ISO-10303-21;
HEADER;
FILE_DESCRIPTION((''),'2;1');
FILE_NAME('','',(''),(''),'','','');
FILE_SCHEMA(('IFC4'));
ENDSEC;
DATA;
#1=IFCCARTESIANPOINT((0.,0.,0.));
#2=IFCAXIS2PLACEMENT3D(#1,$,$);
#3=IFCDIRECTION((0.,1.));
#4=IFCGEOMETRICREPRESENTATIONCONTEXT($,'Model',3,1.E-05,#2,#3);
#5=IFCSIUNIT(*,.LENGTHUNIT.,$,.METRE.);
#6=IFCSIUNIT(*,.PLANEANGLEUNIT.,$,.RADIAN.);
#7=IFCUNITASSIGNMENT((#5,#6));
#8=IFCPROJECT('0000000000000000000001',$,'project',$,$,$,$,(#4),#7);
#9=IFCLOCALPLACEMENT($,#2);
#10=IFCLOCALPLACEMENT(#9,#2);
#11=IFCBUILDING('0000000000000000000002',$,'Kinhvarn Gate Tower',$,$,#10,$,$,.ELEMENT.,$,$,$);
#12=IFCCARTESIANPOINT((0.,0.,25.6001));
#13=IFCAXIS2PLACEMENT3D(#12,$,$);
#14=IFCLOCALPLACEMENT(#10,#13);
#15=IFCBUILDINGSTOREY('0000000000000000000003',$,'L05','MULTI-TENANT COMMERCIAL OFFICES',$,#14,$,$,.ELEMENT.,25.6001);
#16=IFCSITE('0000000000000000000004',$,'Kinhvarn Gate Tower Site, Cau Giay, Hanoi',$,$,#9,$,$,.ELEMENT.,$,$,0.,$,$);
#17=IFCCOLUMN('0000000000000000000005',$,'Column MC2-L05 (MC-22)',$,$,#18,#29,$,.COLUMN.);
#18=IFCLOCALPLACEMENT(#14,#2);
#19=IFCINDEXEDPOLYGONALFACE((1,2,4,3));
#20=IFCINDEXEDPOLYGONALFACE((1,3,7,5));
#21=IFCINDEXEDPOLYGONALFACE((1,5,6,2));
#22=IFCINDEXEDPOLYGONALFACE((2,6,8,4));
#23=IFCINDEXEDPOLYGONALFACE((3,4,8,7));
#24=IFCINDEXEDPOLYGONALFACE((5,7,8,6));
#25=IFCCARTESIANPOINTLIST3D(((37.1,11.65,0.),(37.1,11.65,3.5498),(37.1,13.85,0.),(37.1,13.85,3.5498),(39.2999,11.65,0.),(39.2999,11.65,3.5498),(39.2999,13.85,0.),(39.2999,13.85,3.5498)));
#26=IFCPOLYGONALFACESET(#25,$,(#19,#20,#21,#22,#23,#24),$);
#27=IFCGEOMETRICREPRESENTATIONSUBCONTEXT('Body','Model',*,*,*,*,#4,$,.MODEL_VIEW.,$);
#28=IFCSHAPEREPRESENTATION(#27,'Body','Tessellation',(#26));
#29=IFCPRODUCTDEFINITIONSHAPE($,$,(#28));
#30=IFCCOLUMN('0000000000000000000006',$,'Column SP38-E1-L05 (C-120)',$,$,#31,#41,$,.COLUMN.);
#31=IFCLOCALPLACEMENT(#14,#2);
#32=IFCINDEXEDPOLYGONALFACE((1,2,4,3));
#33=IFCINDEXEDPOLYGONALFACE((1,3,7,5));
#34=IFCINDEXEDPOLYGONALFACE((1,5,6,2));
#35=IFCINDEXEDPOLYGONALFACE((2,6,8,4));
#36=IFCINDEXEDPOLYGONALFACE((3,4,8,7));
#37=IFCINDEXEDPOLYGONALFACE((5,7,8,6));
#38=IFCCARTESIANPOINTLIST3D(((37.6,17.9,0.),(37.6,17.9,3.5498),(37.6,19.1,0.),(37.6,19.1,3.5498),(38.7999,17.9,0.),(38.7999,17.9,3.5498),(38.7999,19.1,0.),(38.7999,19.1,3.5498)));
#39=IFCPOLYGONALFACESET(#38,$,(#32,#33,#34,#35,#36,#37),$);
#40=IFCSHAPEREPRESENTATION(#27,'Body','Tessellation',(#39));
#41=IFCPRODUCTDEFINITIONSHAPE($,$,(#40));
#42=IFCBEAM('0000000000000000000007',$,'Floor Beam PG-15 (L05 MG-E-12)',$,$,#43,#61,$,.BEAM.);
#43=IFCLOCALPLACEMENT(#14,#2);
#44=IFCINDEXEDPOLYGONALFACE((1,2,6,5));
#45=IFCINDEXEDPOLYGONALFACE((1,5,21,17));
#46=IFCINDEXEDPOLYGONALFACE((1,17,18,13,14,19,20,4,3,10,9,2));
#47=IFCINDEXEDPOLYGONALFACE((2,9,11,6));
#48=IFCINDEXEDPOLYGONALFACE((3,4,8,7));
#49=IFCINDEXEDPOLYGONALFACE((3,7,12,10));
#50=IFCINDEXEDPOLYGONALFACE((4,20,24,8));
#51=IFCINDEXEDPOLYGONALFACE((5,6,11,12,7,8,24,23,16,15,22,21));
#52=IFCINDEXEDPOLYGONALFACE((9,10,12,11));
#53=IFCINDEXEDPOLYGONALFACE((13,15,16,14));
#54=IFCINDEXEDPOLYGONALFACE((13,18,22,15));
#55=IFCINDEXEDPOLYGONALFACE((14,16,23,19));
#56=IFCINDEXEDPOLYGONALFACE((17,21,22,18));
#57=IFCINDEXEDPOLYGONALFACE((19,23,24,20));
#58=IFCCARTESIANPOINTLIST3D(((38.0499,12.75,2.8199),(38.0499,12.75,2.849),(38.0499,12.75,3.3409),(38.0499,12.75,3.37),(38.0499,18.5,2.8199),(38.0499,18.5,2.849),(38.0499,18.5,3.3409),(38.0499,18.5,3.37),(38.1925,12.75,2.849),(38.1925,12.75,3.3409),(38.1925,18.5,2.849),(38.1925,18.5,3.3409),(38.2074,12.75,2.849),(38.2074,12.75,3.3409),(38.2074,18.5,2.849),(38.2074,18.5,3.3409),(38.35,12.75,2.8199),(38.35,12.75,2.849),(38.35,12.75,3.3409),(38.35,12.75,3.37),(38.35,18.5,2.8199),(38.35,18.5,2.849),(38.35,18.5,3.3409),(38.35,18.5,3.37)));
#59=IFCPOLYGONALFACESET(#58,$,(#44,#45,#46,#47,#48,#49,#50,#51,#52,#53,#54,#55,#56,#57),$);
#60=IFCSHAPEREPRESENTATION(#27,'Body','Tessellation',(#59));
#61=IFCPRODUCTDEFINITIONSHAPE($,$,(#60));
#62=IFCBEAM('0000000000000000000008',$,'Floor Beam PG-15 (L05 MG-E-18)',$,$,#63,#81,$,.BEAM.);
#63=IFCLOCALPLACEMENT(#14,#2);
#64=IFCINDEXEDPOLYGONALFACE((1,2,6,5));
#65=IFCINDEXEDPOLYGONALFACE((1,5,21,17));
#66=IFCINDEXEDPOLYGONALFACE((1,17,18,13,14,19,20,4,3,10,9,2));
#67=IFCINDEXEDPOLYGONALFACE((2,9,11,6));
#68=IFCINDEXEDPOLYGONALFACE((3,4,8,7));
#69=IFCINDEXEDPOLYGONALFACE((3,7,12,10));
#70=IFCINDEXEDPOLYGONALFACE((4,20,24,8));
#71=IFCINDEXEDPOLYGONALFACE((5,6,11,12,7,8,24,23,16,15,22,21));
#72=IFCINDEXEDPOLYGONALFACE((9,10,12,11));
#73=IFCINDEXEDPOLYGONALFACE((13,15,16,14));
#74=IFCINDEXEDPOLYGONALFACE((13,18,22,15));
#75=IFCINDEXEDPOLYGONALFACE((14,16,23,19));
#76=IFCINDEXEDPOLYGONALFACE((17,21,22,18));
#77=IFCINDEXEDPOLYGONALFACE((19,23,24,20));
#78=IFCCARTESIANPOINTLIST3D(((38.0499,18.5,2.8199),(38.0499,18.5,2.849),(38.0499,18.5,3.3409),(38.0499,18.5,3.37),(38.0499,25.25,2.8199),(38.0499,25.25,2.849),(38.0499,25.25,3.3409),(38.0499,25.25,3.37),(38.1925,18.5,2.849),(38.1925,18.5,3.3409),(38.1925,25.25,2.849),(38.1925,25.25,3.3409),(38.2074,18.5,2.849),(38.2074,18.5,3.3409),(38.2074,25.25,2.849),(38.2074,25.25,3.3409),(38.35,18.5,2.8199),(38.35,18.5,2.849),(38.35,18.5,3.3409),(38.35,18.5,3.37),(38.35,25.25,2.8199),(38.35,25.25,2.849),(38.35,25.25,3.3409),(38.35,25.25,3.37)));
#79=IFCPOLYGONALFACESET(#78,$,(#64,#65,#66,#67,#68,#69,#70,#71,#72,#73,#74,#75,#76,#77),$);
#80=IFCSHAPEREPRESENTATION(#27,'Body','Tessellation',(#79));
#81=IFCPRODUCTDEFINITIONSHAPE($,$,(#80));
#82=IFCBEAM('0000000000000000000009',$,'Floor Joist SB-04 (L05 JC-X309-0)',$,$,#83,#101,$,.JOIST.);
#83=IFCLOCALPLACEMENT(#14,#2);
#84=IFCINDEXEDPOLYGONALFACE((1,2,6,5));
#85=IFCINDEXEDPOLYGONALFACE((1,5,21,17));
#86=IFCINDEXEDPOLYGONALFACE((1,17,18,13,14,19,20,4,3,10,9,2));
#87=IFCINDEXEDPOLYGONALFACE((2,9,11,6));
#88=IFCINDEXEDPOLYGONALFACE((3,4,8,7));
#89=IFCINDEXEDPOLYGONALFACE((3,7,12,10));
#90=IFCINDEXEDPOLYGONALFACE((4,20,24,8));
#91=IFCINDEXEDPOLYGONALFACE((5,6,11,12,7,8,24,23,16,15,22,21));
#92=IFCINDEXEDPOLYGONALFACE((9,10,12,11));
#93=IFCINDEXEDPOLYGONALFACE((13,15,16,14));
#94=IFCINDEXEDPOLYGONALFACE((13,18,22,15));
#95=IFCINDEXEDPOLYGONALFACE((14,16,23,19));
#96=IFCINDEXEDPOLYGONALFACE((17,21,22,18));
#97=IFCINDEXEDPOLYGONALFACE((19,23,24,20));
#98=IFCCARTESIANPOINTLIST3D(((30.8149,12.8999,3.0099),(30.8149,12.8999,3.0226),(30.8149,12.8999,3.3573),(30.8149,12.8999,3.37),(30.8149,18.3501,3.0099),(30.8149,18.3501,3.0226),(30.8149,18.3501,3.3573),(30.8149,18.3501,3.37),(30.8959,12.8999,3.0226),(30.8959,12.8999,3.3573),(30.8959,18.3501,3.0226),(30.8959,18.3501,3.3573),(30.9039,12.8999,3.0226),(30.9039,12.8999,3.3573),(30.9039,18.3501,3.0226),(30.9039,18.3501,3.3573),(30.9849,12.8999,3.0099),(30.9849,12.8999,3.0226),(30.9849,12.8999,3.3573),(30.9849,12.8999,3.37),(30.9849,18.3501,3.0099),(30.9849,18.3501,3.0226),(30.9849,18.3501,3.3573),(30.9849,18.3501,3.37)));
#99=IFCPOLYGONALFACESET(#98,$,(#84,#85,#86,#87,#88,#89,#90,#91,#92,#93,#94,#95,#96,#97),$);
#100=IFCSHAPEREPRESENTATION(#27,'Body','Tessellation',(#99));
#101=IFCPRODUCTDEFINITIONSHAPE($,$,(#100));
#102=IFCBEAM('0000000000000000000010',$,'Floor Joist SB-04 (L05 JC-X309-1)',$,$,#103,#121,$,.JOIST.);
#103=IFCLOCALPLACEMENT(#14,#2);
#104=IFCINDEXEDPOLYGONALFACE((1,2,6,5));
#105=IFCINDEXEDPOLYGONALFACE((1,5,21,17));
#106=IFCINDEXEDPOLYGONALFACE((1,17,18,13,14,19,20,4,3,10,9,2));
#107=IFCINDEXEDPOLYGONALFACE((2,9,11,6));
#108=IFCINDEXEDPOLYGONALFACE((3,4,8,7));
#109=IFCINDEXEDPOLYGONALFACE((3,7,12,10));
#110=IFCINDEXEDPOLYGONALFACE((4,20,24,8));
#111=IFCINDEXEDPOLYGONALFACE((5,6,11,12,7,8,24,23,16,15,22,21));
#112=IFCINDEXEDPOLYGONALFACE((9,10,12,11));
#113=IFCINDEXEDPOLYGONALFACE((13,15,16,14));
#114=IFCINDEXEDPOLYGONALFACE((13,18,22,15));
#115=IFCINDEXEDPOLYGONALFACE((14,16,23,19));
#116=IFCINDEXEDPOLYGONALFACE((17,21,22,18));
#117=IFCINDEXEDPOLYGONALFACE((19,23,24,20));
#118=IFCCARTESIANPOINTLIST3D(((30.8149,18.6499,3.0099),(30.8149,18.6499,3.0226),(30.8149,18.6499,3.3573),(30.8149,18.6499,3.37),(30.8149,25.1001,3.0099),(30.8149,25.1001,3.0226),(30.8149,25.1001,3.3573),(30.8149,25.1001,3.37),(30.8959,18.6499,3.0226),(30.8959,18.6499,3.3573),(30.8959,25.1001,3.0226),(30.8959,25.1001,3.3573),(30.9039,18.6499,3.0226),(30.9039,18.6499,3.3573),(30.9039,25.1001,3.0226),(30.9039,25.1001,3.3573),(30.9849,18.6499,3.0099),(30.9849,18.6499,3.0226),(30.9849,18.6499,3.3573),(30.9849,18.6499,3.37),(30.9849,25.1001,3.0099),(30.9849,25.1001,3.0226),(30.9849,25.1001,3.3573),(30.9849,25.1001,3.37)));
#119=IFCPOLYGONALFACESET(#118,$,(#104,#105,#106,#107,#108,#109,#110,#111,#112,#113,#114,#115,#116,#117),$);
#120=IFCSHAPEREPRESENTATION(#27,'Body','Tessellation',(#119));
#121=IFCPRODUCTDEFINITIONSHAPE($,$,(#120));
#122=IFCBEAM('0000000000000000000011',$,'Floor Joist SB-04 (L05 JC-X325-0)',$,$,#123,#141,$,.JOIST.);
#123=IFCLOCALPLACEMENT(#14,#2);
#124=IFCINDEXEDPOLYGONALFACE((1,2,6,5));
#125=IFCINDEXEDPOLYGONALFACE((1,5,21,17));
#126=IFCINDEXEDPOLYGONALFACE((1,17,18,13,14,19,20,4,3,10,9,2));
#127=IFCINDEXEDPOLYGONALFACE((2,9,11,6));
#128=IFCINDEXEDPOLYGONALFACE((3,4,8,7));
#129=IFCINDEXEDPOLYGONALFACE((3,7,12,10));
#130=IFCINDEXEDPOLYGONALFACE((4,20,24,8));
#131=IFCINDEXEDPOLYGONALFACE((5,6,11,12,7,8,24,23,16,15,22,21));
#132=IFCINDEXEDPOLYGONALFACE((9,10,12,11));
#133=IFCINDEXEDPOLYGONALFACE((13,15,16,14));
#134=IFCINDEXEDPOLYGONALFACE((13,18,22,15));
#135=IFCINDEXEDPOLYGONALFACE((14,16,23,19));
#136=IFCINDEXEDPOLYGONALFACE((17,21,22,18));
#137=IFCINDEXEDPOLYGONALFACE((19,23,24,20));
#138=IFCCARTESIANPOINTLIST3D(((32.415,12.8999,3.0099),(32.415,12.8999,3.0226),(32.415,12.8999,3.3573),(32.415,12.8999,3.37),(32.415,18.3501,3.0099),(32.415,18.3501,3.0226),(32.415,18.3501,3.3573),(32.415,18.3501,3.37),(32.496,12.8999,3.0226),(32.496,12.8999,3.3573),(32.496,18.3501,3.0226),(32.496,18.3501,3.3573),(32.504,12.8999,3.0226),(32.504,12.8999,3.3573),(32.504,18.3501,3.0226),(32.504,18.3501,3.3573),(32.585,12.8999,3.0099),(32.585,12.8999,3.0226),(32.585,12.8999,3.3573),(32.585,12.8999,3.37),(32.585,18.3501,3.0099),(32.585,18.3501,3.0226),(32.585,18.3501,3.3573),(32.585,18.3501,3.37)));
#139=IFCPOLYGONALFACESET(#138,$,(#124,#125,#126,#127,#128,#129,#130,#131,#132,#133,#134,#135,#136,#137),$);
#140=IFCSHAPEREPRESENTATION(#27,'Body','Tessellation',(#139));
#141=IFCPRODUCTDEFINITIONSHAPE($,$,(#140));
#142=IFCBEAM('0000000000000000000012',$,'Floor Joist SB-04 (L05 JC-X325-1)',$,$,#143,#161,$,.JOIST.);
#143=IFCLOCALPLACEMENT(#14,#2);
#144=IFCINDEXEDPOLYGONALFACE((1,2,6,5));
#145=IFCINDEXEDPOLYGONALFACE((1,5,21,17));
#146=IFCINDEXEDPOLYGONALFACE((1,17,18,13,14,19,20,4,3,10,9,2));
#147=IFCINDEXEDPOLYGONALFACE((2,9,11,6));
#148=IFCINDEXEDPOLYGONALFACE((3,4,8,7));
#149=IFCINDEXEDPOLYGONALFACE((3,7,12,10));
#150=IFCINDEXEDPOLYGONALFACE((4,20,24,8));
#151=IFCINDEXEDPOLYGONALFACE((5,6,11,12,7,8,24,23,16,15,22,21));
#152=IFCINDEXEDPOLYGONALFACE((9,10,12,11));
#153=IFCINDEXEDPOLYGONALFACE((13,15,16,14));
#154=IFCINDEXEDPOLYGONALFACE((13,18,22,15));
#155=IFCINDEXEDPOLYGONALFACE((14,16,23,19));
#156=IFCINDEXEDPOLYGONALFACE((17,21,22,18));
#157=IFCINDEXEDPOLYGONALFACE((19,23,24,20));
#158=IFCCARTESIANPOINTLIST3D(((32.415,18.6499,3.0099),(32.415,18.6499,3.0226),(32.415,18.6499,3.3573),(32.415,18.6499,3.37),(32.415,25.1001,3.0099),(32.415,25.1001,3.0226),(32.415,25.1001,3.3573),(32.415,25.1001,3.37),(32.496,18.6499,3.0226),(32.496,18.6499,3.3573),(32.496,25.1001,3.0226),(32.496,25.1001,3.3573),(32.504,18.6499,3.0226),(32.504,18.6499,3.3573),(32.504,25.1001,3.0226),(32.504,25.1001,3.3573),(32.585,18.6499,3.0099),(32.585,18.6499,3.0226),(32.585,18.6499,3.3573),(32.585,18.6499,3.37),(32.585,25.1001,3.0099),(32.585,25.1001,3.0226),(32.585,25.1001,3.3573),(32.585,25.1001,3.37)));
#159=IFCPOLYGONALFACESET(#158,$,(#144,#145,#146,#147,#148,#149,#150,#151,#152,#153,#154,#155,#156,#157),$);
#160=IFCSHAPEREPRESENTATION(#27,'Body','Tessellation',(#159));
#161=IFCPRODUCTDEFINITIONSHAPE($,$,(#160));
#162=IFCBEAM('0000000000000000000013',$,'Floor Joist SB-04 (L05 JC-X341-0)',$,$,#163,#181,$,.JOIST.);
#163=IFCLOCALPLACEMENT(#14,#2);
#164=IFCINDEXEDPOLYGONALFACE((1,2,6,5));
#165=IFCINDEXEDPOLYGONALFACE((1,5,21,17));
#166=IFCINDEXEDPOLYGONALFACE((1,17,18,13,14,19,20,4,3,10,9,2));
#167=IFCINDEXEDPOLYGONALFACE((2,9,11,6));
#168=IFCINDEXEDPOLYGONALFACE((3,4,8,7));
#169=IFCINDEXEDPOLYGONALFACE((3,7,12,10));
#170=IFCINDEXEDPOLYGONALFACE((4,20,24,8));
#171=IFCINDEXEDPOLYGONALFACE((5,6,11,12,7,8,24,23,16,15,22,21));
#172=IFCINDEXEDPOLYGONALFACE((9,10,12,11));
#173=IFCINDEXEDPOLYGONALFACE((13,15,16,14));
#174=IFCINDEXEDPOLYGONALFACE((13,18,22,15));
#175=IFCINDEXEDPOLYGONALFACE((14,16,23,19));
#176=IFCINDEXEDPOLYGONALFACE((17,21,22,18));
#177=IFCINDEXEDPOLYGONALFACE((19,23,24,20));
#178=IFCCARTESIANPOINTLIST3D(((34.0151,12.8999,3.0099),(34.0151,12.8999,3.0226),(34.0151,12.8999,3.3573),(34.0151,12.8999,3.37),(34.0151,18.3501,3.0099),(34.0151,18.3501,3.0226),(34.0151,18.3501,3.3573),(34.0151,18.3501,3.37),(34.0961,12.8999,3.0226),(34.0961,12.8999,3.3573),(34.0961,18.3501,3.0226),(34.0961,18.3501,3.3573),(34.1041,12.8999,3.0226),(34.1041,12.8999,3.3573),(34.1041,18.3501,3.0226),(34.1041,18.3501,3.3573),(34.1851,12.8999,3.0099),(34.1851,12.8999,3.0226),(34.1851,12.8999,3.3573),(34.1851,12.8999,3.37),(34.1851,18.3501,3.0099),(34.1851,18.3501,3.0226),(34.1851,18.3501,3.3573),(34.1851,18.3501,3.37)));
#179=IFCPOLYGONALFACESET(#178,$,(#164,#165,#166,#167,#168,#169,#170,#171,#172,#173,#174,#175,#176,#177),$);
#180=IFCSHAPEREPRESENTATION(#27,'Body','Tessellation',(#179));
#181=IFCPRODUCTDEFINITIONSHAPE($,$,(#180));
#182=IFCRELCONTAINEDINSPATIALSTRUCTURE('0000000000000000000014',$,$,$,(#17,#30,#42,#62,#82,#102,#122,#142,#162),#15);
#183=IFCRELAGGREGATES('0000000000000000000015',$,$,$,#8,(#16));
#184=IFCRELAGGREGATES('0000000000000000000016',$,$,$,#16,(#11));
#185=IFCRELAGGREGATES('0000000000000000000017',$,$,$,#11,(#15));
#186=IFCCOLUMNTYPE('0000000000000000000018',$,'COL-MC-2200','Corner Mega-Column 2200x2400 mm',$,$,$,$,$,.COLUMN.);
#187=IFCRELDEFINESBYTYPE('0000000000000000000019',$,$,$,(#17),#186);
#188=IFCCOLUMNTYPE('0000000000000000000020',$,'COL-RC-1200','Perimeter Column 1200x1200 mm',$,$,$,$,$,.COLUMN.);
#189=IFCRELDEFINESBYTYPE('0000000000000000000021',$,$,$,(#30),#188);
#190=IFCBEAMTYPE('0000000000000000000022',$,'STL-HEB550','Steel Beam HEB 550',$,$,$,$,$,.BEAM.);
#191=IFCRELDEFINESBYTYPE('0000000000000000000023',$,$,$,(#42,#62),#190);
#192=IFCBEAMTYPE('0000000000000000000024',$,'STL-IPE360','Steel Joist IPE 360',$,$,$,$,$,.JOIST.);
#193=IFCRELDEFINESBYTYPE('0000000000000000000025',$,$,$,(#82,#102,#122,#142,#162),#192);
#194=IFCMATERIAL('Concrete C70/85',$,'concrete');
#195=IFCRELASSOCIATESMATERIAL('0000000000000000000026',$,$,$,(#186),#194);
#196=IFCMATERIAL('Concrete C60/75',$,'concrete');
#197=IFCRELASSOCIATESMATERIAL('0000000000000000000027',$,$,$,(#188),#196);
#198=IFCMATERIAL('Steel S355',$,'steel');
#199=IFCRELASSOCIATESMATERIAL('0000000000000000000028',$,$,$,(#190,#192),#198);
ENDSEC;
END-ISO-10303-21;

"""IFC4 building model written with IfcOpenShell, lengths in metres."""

from ifc_helpers import new_model, si_unit, direction, frame, origin, origin_2d, place, context, subcontext, project, spatial, rectangle, i_section, extrude, material, material_profile, profile_set, type_object, element, save


model = new_model("IFC4")

# Units and contexts
model_context = context("Model", 3, precision=1e-05, world=origin(), true_north=direction((0.0, 1.0)))
body_context = subcontext(model_context, "Body", "Model", "MODEL_VIEW")
ifc_project = project(units=[si_unit("LENGTHUNIT", "METRE"), si_unit("PLANEANGLEUNIT", "RADIAN")], contexts=[model_context])

# Site, building, storey
site_placement = place(None, origin())
site = spatial("IfcSite", under=ifc_project, at=site_placement, Name="Kinhvarn Gate Tower Site, Cau Giay, Hanoi", CompositionType="ELEMENT", RefElevation=0.0)
building_placement = place(site_placement, origin())
building = spatial("IfcBuilding", under=site, at=building_placement, Name="Kinhvarn Gate Tower", CompositionType="ELEMENT")
storey_placement = place(building_placement, frame((0.0, 0.0, 25.6001)))
storey = spatial("IfcBuildingStorey", under=building, at=storey_placement, Name="L05", Description="MULTI-TENANT COMMERCIAL OFFICES", CompositionType="ELEMENT", Elevation=25.6001)

# Columns
ifc_material_1 = material(Name="Concrete C70/85", Category="concrete")
ifc_material_profile_1 = material_profile(ifc_material_1, rectangle(XDim=2.2, YDim=2.2, at=origin_2d()), Name="RC 2200x2200")
ifc_profile_set_1 = profile_set([ifc_material_profile_1], Name="Concrete C70/85")
column_type_1 = type_object("IfcColumnType", Name="COL-MC-2200", Description="Corner Mega-Column 2200x2400 mm", PredefinedType="COLUMN", material=ifc_profile_set_1)
column_1_placement = place(storey_placement, frame((38.2, 12.75, 0.0), z_axis=(0.0, 0.0, 1.0), x_axis=(1.0, 0.0, 0.0)))
element("IfcColumn", 1, at=column_1_placement, inside=storey, type_object=column_type_1, Name="Column MC2-L05 (MC-22)", PredefinedType="COLUMN", context=body_context, shape_type="SweptSolid", body=[
    extrude(rectangle(XDim=2.2, YDim=2.2, at=origin_2d()), origin(), (0.0, 0.0, 1.0), 3.5498),
])
ifc_material_2 = material(Name="Concrete C60/75", Category="concrete")
ifc_material_profile_2 = material_profile(ifc_material_2, rectangle(XDim=1.2, YDim=1.2, at=origin_2d()), Name="RC 1200x1200")
ifc_profile_set_2 = profile_set([ifc_material_profile_2], Name="Concrete C60/75")
column_type_2 = type_object("IfcColumnType", Name="COL-RC-1200", Description="Perimeter Column 1200x1200 mm", PredefinedType="COLUMN", material=ifc_profile_set_2)
column_2_placement = place(storey_placement, frame((38.2, 18.5, 0.0), z_axis=(0.0, 0.0, 1.0), x_axis=(1.0, 0.0, 0.0)))
element("IfcColumn", 2, at=column_2_placement, inside=storey, type_object=column_type_2, Name="Column SP38-E1-L05 (C-120)", PredefinedType="COLUMN", context=body_context, shape_type="SweptSolid", body=[
    extrude(rectangle(XDim=1.2, YDim=1.2, at=origin_2d()), origin(), (0.0, 0.0, 1.0), 3.5498),
])

# Beams
ifc_material_3 = material(Name="Steel S355", Category="steel")
ifc_material_profile_3 = material_profile(ifc_material_3, i_section(OverallWidth=0.3, OverallDepth=0.55, WebThickness=0.0149, FlangeThickness=0.0291, at=origin_2d()), Name="HEB 550")
ifc_profile_set_3 = profile_set([ifc_material_profile_3], Name="Steel S355")
beam_type_1 = type_object("IfcBeamType", Name="STL-HEB550", Description="Steel Beam HEB 550", PredefinedType="BEAM", material=ifc_profile_set_3)
beam_1_placement = place(storey_placement, frame((38.2, 12.75, 3.095), z_axis=(0.0, 1.0, 0.0), x_axis=(-1.0, 0.0, 0.0)))
element("IfcBeam", 3, at=beam_1_placement, inside=storey, type_object=beam_type_1, Name="Floor Beam PG-15 (L05 MG-E-12)", PredefinedType="BEAM", context=body_context, shape_type="SweptSolid", body=[
    extrude(i_section(OverallWidth=0.3, OverallDepth=0.55, WebThickness=0.0149, FlangeThickness=0.0291, at=origin_2d()), origin(), (0.0, 0.0, 1.0), 5.75),
])
beam_2_placement = place(storey_placement, frame((38.2, 18.5, 3.095), z_axis=(0.0, 1.0, 0.0), x_axis=(-1.0, 0.0, 0.0)))
element("IfcBeam", 4, at=beam_2_placement, inside=storey, type_object=beam_type_1, Name="Floor Beam PG-15 (L05 MG-E-18)", PredefinedType="BEAM", context=body_context, shape_type="SweptSolid", body=[
    extrude(i_section(OverallWidth=0.3, OverallDepth=0.55, WebThickness=0.0149, FlangeThickness=0.0291, at=origin_2d()), origin(), (0.0, 0.0, 1.0), 6.75),
])
ifc_material_profile_4 = material_profile(ifc_material_3, i_section(OverallWidth=0.1699, OverallDepth=0.3601, WebThickness=0.0081, FlangeThickness=0.0127, at=origin_2d()), Name="IPE 360")
ifc_profile_set_4 = profile_set([ifc_material_profile_4], Name="Steel S355")
beam_type_2 = type_object("IfcBeamType", Name="STL-IPE360", Description="Steel Joist IPE 360", PredefinedType="JOIST", material=ifc_profile_set_4)
beam_3_placement = place(storey_placement, frame((30.8999, 12.8999, 3.1899), z_axis=(0.0, 1.0, 0.0), x_axis=(-1.0, 0.0, 0.0)))
element("IfcBeam", 5, at=beam_3_placement, inside=storey, type_object=beam_type_2, Name="Floor Joist SB-04 (L05 JC-X309-0)", PredefinedType="JOIST", context=body_context, shape_type="SweptSolid", body=[
    extrude(i_section(OverallWidth=0.1699, OverallDepth=0.3601, WebThickness=0.0081, FlangeThickness=0.0127, at=origin_2d()), origin(), (0.0, 0.0, 1.0), 5.4502),
])
beam_4_placement = place(storey_placement, frame((30.8999, 18.6499, 3.1899), z_axis=(0.0, 1.0, 0.0), x_axis=(-1.0, 0.0, 0.0)))
element("IfcBeam", 6, at=beam_4_placement, inside=storey, type_object=beam_type_2, Name="Floor Joist SB-04 (L05 JC-X309-1)", PredefinedType="JOIST", context=body_context, shape_type="SweptSolid", body=[
    extrude(i_section(OverallWidth=0.1699, OverallDepth=0.3601, WebThickness=0.0081, FlangeThickness=0.0127, at=origin_2d()), origin(), (0.0, 0.0, 1.0), 6.4502),
])
beam_5_placement = place(storey_placement, frame((32.5, 12.8999, 3.1899), z_axis=(0.0, 1.0, 0.0), x_axis=(-1.0, 0.0, 0.0)))
element("IfcBeam", 7, at=beam_5_placement, inside=storey, type_object=beam_type_2, Name="Floor Joist SB-04 (L05 JC-X325-0)", PredefinedType="JOIST", context=body_context, shape_type="SweptSolid", body=[
    extrude(i_section(OverallWidth=0.1699, OverallDepth=0.3601, WebThickness=0.0081, FlangeThickness=0.0127, at=origin_2d()), origin(), (0.0, 0.0, 1.0), 5.4502),
])
beam_6_placement = place(storey_placement, frame((32.5, 18.6499, 3.1899), z_axis=(0.0, 1.0, 0.0), x_axis=(-1.0, 0.0, 0.0)))
element("IfcBeam", 8, at=beam_6_placement, inside=storey, type_object=beam_type_2, Name="Floor Joist SB-04 (L05 JC-X325-1)", PredefinedType="JOIST", context=body_context, shape_type="SweptSolid", body=[
    extrude(i_section(OverallWidth=0.1699, OverallDepth=0.3601, WebThickness=0.0081, FlangeThickness=0.0127, at=origin_2d()), origin(), (0.0, 0.0, 1.0), 6.4502),
])
beam_7_placement = place(storey_placement, frame((34.1001, 12.8999, 3.1899), z_axis=(0.0, 1.0, 0.0), x_axis=(-1.0, 0.0, 0.0)))
element("IfcBeam", 9, at=beam_7_placement, inside=storey, type_object=beam_type_2, Name="Floor Joist SB-04 (L05 JC-X341-0)", PredefinedType="JOIST", context=body_context, shape_type="SweptSolid", body=[
    extrude(i_section(OverallWidth=0.1699, OverallDepth=0.3601, WebThickness=0.0081, FlangeThickness=0.0127, at=origin_2d()), origin(), (0.0, 0.0, 1.0), 5.4502),
])

save(model, "model.ifc")
